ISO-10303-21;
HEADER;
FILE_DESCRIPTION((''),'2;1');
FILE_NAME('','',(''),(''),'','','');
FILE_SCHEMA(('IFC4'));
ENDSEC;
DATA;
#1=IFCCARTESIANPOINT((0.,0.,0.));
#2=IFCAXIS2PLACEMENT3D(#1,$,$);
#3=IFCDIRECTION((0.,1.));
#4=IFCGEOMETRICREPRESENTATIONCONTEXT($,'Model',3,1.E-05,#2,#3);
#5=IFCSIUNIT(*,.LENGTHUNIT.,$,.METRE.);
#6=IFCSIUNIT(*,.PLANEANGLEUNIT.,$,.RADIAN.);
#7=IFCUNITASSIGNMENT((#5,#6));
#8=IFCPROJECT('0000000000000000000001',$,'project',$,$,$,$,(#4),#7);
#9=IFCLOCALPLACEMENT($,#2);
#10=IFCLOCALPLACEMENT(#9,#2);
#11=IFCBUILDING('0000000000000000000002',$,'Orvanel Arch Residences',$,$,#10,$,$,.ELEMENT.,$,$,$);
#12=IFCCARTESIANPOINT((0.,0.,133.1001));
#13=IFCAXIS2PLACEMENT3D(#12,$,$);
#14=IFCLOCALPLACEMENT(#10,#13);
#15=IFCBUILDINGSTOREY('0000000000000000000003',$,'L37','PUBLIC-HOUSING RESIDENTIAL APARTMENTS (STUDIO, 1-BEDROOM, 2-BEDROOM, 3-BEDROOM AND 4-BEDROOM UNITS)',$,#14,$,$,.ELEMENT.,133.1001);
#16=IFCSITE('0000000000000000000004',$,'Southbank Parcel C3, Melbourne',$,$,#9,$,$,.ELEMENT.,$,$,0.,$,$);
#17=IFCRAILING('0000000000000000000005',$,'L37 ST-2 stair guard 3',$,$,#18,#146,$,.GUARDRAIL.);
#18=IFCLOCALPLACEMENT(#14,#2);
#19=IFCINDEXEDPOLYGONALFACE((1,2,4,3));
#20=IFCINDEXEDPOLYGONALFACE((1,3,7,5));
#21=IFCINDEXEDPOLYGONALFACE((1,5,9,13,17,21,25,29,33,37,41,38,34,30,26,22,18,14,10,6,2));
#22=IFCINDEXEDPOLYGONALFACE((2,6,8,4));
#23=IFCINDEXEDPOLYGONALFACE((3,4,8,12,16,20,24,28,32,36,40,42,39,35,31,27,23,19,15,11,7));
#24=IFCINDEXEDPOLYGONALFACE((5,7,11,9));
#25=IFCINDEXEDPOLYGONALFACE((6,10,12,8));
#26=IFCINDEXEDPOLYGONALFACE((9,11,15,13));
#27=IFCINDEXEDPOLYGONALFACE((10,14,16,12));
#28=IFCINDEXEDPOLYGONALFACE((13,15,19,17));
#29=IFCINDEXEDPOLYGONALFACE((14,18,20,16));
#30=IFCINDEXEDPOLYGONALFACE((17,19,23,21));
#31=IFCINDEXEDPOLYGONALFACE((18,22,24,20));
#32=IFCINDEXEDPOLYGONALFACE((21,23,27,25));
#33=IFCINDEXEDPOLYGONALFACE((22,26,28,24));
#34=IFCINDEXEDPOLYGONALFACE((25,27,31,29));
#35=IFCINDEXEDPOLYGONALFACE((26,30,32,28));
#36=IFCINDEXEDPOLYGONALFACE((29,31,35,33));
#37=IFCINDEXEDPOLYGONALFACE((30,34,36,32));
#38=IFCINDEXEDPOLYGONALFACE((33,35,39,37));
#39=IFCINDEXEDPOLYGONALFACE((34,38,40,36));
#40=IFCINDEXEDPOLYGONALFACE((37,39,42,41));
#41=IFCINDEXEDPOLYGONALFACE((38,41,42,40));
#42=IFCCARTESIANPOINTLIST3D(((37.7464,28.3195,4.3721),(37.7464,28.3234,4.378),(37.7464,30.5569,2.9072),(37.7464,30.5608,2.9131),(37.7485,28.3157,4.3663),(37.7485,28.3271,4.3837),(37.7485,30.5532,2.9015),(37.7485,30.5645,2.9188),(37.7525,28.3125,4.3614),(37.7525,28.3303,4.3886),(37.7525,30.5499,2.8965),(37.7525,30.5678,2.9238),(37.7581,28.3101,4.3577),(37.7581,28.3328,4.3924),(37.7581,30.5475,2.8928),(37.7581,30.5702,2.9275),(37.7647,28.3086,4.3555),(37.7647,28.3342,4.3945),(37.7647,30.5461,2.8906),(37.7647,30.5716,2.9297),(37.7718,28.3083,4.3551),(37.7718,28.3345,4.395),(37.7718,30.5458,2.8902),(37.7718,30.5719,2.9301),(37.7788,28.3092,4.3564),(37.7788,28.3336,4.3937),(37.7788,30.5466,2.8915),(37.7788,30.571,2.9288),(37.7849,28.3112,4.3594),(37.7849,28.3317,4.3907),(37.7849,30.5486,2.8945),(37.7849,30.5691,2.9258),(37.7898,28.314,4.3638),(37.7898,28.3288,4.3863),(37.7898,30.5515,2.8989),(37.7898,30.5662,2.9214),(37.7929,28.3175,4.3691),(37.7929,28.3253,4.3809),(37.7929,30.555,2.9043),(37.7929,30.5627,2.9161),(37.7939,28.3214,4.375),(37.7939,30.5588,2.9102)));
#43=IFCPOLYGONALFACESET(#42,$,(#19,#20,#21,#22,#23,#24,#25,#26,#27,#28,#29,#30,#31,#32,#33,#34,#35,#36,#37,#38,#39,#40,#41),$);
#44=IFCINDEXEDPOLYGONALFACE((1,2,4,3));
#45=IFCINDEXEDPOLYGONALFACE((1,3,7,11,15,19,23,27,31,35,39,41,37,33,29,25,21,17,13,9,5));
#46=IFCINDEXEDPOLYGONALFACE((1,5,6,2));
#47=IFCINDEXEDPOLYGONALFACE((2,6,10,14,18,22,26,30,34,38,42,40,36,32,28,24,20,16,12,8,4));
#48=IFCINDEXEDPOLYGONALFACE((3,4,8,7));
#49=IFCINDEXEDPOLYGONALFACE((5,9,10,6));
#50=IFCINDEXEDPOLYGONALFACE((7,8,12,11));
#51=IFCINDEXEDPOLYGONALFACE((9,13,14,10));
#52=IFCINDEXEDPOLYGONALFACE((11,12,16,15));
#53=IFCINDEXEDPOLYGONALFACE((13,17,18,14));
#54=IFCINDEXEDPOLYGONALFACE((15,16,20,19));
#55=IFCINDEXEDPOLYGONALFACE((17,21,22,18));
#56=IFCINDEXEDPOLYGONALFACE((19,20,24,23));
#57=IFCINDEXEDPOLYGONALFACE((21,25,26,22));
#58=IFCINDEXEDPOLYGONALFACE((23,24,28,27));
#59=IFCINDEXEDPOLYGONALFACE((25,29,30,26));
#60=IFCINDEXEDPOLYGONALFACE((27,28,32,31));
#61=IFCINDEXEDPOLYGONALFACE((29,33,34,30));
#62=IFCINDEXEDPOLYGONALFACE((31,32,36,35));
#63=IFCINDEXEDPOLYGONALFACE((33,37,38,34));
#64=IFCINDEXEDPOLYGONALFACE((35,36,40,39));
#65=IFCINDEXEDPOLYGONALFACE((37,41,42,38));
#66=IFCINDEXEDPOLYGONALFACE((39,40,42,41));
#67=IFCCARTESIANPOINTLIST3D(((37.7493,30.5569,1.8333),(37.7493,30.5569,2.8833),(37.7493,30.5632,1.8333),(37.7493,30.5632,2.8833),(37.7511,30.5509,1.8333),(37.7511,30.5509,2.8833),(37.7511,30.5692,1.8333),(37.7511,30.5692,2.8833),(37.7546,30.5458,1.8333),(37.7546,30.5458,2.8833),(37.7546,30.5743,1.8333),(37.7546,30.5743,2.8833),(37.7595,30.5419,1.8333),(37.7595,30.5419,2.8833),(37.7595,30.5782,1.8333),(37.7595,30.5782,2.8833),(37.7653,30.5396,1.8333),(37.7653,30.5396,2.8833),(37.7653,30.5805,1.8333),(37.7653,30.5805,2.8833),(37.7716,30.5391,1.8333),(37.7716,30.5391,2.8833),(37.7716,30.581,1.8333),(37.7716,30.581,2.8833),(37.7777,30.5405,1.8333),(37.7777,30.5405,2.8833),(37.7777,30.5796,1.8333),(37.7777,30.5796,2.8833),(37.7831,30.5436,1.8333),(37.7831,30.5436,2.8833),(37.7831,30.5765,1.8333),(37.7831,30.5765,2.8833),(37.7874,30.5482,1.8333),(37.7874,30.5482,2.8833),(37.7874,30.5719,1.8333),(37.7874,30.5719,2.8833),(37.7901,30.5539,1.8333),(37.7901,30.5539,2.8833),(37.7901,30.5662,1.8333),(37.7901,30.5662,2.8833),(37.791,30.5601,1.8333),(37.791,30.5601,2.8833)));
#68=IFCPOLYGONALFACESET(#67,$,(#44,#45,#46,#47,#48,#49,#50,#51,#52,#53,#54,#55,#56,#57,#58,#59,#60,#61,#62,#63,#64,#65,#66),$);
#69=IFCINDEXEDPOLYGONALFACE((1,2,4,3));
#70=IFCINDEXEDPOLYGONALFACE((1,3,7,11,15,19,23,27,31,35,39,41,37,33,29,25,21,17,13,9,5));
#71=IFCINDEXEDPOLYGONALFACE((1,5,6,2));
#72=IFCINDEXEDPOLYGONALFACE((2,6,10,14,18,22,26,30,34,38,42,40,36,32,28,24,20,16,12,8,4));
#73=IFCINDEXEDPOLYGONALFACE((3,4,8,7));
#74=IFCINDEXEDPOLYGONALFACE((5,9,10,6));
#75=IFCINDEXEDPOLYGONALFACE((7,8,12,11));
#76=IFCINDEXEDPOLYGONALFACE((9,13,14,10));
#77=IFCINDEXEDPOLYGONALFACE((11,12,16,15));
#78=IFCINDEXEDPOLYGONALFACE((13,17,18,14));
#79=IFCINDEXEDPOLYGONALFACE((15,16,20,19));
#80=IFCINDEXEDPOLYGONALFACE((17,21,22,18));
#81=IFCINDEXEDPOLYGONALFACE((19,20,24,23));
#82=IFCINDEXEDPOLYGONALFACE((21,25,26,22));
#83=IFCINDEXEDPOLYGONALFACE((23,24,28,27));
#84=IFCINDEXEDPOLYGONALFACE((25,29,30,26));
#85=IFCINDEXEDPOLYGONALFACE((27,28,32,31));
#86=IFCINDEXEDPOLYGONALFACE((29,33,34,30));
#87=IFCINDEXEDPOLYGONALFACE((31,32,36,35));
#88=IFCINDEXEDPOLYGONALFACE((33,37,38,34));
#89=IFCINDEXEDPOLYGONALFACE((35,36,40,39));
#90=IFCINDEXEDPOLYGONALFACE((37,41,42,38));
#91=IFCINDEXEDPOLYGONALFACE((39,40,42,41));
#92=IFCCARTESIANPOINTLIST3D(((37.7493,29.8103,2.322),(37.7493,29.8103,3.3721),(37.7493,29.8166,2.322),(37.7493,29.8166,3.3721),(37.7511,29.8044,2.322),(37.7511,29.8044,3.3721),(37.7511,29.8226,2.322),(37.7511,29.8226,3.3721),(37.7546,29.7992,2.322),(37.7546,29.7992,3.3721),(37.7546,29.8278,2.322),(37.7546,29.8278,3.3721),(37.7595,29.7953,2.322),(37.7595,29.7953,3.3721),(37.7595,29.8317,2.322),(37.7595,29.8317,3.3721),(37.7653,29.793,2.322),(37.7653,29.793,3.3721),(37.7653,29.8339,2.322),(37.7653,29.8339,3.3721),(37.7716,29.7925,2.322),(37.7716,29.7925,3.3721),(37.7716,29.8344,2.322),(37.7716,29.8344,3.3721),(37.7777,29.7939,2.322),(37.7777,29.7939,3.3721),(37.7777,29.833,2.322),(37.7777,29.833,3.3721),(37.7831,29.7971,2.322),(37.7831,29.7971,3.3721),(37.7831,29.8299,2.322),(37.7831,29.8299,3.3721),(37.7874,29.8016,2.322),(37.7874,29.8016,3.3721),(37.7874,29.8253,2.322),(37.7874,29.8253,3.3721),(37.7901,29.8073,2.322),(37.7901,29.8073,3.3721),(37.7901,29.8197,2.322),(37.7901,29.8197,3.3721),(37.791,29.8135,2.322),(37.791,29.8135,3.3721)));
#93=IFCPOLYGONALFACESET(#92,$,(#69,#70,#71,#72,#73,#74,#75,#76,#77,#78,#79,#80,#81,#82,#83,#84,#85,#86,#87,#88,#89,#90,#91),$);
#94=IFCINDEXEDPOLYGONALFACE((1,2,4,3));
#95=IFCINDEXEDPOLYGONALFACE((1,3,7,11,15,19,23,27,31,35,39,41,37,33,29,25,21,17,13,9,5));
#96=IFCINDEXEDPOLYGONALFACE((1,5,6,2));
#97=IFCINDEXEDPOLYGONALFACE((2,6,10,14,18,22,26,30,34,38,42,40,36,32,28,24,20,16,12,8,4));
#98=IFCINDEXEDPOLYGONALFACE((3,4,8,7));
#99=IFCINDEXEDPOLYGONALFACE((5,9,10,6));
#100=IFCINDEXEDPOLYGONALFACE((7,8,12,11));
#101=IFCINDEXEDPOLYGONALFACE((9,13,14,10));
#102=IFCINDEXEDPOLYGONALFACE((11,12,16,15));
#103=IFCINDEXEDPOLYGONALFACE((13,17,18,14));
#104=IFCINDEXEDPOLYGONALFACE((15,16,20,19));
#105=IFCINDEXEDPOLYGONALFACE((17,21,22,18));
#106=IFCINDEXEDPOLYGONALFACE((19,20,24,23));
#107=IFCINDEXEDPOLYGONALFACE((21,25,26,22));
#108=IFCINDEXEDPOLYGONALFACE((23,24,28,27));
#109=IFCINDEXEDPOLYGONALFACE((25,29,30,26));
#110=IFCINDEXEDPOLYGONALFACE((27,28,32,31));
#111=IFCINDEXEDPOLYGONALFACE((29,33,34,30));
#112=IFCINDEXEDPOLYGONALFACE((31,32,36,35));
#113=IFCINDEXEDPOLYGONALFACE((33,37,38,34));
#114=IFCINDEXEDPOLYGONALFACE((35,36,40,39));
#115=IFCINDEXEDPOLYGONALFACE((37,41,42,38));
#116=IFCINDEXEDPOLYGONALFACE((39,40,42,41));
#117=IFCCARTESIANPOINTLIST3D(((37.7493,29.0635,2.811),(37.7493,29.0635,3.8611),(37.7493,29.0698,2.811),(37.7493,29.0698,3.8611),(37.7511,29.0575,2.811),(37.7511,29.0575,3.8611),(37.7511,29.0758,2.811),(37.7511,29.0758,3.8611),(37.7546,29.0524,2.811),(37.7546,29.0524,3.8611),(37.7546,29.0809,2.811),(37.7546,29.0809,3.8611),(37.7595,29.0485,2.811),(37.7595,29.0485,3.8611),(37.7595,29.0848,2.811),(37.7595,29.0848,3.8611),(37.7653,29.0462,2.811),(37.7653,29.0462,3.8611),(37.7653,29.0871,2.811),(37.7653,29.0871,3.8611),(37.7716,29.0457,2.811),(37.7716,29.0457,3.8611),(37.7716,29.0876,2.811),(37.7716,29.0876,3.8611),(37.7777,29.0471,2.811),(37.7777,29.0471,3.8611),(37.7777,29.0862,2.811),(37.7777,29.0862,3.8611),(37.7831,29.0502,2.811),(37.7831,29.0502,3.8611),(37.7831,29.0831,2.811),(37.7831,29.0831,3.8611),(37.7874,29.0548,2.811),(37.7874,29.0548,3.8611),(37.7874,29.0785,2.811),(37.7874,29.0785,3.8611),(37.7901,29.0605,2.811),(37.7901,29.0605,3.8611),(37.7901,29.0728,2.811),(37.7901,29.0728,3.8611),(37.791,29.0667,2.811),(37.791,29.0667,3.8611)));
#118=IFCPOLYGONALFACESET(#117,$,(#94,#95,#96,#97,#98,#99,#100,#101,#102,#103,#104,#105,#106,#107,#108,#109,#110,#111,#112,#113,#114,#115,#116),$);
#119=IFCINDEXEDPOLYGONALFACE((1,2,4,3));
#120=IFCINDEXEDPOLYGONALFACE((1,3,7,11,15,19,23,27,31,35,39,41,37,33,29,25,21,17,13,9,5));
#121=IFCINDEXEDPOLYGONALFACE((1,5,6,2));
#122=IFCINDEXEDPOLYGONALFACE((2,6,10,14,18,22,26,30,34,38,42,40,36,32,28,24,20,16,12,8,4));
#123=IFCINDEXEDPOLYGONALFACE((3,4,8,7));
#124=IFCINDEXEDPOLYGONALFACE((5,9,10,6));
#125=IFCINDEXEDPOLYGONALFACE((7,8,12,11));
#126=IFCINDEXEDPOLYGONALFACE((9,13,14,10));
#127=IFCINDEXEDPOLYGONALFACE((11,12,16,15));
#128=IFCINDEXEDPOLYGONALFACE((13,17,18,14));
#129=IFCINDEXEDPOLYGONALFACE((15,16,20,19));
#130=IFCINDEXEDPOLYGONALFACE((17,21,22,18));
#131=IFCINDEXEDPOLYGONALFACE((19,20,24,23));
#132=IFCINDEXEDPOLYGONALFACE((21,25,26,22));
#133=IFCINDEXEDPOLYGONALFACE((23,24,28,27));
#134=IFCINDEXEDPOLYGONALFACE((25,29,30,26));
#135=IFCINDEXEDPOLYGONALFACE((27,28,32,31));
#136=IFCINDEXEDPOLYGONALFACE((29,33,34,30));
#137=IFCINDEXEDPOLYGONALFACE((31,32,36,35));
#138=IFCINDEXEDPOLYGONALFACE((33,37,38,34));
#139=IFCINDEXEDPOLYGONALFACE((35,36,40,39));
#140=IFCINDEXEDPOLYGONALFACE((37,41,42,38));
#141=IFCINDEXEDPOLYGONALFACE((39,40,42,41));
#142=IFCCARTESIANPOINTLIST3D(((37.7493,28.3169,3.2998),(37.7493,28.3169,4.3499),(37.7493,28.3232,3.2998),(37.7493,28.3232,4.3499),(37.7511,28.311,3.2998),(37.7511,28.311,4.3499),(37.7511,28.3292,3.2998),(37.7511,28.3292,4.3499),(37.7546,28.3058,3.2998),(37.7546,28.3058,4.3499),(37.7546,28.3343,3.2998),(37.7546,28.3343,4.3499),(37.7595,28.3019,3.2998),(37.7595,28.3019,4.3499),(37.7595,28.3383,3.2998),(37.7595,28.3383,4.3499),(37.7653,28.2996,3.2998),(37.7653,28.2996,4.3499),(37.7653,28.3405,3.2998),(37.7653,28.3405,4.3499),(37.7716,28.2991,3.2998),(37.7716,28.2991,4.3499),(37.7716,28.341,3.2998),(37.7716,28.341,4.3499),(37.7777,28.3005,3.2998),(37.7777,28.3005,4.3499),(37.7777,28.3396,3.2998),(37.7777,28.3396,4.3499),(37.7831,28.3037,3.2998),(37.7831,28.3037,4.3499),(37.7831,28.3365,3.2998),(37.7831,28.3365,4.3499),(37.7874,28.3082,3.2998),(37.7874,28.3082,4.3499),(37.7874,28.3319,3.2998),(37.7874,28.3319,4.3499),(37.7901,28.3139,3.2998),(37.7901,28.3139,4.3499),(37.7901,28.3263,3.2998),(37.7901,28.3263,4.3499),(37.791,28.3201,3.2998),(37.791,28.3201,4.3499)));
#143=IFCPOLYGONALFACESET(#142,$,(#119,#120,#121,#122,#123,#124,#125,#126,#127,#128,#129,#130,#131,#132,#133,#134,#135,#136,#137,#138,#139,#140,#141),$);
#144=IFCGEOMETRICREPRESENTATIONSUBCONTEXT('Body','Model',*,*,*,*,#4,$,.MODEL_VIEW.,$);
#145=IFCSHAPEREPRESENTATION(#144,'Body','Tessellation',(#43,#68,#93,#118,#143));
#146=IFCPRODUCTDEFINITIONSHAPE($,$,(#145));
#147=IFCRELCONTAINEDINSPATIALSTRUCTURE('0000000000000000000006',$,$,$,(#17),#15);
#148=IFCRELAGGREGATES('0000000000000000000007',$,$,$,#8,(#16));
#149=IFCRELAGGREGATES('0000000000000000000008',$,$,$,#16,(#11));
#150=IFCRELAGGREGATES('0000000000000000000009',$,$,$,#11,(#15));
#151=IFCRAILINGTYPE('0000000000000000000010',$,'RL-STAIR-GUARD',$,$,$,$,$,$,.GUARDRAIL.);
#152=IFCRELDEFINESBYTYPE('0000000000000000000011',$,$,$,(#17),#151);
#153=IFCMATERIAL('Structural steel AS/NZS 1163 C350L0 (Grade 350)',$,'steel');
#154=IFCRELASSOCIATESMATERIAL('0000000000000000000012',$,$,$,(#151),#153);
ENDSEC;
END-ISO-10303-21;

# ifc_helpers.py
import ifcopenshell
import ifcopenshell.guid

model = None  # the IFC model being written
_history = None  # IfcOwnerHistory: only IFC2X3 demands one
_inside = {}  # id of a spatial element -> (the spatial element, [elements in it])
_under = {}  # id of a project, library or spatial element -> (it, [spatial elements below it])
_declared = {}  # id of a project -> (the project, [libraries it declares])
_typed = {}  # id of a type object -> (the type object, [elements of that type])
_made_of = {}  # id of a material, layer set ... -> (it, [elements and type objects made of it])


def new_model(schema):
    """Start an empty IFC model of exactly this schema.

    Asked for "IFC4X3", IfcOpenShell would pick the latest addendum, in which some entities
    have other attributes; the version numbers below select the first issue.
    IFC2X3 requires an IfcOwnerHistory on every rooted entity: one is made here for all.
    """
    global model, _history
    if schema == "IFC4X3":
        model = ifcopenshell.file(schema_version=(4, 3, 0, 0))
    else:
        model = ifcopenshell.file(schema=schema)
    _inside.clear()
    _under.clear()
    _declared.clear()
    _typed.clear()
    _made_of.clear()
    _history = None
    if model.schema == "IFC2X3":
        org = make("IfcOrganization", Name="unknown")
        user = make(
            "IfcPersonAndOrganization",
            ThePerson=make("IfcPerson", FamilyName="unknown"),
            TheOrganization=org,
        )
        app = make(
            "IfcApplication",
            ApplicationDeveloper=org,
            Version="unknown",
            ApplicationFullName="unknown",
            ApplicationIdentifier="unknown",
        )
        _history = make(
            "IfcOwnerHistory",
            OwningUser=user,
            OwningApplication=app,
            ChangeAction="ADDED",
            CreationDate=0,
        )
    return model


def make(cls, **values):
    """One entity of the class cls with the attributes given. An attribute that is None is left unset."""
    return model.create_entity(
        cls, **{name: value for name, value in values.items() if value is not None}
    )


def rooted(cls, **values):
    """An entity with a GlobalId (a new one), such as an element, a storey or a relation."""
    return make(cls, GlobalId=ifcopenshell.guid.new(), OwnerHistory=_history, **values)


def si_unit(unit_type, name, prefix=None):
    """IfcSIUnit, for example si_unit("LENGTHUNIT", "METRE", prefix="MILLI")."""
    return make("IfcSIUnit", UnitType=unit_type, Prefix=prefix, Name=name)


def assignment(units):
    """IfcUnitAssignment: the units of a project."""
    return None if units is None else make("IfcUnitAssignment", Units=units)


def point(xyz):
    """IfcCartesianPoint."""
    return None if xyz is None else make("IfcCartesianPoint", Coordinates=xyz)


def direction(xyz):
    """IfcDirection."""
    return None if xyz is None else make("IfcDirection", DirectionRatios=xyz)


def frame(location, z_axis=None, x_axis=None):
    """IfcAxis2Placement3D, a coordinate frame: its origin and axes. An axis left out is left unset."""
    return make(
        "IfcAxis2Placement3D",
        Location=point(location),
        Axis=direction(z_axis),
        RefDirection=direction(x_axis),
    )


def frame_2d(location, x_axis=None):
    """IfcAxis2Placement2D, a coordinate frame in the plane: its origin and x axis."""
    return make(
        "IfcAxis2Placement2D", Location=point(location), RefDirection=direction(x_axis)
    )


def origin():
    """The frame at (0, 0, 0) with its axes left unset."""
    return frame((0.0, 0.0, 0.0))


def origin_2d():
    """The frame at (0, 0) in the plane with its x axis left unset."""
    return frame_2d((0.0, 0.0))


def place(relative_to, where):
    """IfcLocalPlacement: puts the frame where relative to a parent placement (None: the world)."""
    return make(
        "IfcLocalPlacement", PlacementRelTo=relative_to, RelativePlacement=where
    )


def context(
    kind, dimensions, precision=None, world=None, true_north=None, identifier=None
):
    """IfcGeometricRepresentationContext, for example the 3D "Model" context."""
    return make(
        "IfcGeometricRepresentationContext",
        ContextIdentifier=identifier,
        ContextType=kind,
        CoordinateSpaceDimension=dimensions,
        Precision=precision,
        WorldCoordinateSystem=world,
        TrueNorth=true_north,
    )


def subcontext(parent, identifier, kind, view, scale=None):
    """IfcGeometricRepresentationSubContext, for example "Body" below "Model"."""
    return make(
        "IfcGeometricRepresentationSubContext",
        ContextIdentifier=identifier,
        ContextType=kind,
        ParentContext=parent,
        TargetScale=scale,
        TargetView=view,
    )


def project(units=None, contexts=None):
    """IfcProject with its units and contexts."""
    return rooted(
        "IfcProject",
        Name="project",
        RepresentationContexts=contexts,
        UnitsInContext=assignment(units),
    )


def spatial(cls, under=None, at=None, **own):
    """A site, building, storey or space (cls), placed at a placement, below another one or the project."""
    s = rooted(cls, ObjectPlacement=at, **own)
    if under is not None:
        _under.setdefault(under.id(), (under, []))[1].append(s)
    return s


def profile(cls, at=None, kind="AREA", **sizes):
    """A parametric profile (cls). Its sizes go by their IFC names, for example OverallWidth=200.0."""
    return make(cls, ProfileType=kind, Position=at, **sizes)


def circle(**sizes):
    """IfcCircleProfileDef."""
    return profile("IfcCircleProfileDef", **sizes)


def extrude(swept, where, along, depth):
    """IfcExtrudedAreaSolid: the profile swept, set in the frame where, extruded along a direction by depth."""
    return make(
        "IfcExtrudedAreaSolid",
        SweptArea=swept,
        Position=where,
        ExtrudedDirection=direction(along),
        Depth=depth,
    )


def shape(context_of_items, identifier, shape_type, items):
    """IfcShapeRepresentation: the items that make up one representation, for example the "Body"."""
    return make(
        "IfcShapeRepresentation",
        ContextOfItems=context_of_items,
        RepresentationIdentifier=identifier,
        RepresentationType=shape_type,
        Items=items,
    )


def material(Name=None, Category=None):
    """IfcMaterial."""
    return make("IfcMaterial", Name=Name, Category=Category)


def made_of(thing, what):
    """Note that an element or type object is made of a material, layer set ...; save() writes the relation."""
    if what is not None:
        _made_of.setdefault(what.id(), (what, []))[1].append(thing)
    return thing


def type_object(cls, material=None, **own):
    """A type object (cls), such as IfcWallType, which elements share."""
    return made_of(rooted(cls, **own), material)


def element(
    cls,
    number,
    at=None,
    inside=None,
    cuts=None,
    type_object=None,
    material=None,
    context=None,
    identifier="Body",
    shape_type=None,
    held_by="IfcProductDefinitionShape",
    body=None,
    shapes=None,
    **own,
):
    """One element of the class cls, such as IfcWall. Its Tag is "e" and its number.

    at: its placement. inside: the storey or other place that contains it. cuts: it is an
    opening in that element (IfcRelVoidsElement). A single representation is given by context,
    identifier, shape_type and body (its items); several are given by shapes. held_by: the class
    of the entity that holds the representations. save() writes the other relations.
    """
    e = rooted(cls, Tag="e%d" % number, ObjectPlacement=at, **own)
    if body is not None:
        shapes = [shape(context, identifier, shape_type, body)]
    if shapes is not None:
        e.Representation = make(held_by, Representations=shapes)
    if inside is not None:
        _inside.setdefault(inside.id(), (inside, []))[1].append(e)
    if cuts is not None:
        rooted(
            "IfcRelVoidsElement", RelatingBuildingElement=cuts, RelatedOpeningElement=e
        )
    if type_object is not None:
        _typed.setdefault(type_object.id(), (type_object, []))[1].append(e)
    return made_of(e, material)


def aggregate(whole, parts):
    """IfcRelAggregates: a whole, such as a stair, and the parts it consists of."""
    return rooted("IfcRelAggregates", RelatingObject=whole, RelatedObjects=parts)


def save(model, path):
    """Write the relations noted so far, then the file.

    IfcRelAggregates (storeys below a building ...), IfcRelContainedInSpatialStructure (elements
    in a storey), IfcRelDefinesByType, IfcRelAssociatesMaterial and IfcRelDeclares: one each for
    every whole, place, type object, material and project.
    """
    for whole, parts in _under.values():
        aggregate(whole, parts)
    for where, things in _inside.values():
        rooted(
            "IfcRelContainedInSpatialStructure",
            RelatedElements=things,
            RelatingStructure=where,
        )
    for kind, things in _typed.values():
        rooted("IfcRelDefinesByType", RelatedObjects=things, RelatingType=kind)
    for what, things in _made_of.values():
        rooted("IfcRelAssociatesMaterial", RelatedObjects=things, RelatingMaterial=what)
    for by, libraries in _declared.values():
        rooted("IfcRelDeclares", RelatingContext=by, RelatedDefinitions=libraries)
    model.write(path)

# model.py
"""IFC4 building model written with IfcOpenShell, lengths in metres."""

from ifc_helpers import new_model, si_unit, direction, frame, origin, origin_2d, place, context, subcontext, project, spatial, circle, extrude, material, type_object, element, save


model = new_model("IFC4")

# Units and contexts
model_context = context("Model", 3, precision=1e-05, world=origin(), true_north=direction((0.0, 1.0)))
body_context = subcontext(model_context, "Body", "Model", "MODEL_VIEW")
ifc_project = project(units=[si_unit("LENGTHUNIT", "METRE"), si_unit("PLANEANGLEUNIT", "RADIAN")], contexts=[model_context])

# Site, building, storey
site_placement = place(None, origin())
site = spatial("IfcSite", under=ifc_project, at=site_placement, Name="Southbank Parcel C3, Melbourne", CompositionType="ELEMENT", RefElevation=0.0)
building_placement = place(site_placement, origin())
building = spatial("IfcBuilding", under=site, at=building_placement, Name="Orvanel Arch Residences", CompositionType="ELEMENT")
storey_placement = place(building_placement, frame((0.0, 0.0, 133.1001)))
storey = spatial("IfcBuildingStorey", under=building, at=storey_placement, Name="L37", Description="PUBLIC-HOUSING RESIDENTIAL APARTMENTS (STUDIO, 1-BEDROOM, 2-BEDROOM, 3-BEDROOM AND 4-BEDROOM UNITS)", CompositionType="ELEMENT", Elevation=133.1001)

# Railing
ifc_material_1 = material(Name="Structural steel AS/NZS 1163 C350L0 (Grade 350)", Category="steel")
railing_type_1 = type_object("IfcRailingType", Name="RL-STAIR-GUARD", PredefinedType="GUARDRAIL", material=ifc_material_1)
railing_1_placement = place(storey_placement, frame((37.77, 30.5601, 1.8333)))
element("IfcRailing", 1, at=railing_1_placement, inside=storey, type_object=railing_type_1, Name="L37 ST-2 stair guard 3", PredefinedType="GUARDRAIL", context=body_context, shape_type="SweptSolid", body=[
    extrude(circle(Radius=0.0239, at=origin_2d()), frame((0.0, -0.0012, 1.0769), z_axis=(0.0, -0.836637, 0.547758), x_axis=(1.0, 0.0, 0.0)), (0.0, 0.0, 1.0), 2.6743),
    extrude(circle(Radius=0.021, at=origin_2d()), origin(), (0.0, 0.0, 1.0), 1.05),
    extrude(circle(Radius=0.021, at=origin_2d()), frame((0.0, -0.7466, 0.4888)), (0.0, 0.0, 1.0), 1.05),
    extrude(circle(Radius=0.021, at=origin_2d()), frame((0.0, -1.4934, 0.9778)), (0.0, 0.0, 1.0), 1.05),
    extrude(circle(Radius=0.021, at=origin_2d()), frame((0.0, -2.24, 1.4666)), (0.0, 0.0, 1.0), 1.05),
])

save(model, "model.ifc")
